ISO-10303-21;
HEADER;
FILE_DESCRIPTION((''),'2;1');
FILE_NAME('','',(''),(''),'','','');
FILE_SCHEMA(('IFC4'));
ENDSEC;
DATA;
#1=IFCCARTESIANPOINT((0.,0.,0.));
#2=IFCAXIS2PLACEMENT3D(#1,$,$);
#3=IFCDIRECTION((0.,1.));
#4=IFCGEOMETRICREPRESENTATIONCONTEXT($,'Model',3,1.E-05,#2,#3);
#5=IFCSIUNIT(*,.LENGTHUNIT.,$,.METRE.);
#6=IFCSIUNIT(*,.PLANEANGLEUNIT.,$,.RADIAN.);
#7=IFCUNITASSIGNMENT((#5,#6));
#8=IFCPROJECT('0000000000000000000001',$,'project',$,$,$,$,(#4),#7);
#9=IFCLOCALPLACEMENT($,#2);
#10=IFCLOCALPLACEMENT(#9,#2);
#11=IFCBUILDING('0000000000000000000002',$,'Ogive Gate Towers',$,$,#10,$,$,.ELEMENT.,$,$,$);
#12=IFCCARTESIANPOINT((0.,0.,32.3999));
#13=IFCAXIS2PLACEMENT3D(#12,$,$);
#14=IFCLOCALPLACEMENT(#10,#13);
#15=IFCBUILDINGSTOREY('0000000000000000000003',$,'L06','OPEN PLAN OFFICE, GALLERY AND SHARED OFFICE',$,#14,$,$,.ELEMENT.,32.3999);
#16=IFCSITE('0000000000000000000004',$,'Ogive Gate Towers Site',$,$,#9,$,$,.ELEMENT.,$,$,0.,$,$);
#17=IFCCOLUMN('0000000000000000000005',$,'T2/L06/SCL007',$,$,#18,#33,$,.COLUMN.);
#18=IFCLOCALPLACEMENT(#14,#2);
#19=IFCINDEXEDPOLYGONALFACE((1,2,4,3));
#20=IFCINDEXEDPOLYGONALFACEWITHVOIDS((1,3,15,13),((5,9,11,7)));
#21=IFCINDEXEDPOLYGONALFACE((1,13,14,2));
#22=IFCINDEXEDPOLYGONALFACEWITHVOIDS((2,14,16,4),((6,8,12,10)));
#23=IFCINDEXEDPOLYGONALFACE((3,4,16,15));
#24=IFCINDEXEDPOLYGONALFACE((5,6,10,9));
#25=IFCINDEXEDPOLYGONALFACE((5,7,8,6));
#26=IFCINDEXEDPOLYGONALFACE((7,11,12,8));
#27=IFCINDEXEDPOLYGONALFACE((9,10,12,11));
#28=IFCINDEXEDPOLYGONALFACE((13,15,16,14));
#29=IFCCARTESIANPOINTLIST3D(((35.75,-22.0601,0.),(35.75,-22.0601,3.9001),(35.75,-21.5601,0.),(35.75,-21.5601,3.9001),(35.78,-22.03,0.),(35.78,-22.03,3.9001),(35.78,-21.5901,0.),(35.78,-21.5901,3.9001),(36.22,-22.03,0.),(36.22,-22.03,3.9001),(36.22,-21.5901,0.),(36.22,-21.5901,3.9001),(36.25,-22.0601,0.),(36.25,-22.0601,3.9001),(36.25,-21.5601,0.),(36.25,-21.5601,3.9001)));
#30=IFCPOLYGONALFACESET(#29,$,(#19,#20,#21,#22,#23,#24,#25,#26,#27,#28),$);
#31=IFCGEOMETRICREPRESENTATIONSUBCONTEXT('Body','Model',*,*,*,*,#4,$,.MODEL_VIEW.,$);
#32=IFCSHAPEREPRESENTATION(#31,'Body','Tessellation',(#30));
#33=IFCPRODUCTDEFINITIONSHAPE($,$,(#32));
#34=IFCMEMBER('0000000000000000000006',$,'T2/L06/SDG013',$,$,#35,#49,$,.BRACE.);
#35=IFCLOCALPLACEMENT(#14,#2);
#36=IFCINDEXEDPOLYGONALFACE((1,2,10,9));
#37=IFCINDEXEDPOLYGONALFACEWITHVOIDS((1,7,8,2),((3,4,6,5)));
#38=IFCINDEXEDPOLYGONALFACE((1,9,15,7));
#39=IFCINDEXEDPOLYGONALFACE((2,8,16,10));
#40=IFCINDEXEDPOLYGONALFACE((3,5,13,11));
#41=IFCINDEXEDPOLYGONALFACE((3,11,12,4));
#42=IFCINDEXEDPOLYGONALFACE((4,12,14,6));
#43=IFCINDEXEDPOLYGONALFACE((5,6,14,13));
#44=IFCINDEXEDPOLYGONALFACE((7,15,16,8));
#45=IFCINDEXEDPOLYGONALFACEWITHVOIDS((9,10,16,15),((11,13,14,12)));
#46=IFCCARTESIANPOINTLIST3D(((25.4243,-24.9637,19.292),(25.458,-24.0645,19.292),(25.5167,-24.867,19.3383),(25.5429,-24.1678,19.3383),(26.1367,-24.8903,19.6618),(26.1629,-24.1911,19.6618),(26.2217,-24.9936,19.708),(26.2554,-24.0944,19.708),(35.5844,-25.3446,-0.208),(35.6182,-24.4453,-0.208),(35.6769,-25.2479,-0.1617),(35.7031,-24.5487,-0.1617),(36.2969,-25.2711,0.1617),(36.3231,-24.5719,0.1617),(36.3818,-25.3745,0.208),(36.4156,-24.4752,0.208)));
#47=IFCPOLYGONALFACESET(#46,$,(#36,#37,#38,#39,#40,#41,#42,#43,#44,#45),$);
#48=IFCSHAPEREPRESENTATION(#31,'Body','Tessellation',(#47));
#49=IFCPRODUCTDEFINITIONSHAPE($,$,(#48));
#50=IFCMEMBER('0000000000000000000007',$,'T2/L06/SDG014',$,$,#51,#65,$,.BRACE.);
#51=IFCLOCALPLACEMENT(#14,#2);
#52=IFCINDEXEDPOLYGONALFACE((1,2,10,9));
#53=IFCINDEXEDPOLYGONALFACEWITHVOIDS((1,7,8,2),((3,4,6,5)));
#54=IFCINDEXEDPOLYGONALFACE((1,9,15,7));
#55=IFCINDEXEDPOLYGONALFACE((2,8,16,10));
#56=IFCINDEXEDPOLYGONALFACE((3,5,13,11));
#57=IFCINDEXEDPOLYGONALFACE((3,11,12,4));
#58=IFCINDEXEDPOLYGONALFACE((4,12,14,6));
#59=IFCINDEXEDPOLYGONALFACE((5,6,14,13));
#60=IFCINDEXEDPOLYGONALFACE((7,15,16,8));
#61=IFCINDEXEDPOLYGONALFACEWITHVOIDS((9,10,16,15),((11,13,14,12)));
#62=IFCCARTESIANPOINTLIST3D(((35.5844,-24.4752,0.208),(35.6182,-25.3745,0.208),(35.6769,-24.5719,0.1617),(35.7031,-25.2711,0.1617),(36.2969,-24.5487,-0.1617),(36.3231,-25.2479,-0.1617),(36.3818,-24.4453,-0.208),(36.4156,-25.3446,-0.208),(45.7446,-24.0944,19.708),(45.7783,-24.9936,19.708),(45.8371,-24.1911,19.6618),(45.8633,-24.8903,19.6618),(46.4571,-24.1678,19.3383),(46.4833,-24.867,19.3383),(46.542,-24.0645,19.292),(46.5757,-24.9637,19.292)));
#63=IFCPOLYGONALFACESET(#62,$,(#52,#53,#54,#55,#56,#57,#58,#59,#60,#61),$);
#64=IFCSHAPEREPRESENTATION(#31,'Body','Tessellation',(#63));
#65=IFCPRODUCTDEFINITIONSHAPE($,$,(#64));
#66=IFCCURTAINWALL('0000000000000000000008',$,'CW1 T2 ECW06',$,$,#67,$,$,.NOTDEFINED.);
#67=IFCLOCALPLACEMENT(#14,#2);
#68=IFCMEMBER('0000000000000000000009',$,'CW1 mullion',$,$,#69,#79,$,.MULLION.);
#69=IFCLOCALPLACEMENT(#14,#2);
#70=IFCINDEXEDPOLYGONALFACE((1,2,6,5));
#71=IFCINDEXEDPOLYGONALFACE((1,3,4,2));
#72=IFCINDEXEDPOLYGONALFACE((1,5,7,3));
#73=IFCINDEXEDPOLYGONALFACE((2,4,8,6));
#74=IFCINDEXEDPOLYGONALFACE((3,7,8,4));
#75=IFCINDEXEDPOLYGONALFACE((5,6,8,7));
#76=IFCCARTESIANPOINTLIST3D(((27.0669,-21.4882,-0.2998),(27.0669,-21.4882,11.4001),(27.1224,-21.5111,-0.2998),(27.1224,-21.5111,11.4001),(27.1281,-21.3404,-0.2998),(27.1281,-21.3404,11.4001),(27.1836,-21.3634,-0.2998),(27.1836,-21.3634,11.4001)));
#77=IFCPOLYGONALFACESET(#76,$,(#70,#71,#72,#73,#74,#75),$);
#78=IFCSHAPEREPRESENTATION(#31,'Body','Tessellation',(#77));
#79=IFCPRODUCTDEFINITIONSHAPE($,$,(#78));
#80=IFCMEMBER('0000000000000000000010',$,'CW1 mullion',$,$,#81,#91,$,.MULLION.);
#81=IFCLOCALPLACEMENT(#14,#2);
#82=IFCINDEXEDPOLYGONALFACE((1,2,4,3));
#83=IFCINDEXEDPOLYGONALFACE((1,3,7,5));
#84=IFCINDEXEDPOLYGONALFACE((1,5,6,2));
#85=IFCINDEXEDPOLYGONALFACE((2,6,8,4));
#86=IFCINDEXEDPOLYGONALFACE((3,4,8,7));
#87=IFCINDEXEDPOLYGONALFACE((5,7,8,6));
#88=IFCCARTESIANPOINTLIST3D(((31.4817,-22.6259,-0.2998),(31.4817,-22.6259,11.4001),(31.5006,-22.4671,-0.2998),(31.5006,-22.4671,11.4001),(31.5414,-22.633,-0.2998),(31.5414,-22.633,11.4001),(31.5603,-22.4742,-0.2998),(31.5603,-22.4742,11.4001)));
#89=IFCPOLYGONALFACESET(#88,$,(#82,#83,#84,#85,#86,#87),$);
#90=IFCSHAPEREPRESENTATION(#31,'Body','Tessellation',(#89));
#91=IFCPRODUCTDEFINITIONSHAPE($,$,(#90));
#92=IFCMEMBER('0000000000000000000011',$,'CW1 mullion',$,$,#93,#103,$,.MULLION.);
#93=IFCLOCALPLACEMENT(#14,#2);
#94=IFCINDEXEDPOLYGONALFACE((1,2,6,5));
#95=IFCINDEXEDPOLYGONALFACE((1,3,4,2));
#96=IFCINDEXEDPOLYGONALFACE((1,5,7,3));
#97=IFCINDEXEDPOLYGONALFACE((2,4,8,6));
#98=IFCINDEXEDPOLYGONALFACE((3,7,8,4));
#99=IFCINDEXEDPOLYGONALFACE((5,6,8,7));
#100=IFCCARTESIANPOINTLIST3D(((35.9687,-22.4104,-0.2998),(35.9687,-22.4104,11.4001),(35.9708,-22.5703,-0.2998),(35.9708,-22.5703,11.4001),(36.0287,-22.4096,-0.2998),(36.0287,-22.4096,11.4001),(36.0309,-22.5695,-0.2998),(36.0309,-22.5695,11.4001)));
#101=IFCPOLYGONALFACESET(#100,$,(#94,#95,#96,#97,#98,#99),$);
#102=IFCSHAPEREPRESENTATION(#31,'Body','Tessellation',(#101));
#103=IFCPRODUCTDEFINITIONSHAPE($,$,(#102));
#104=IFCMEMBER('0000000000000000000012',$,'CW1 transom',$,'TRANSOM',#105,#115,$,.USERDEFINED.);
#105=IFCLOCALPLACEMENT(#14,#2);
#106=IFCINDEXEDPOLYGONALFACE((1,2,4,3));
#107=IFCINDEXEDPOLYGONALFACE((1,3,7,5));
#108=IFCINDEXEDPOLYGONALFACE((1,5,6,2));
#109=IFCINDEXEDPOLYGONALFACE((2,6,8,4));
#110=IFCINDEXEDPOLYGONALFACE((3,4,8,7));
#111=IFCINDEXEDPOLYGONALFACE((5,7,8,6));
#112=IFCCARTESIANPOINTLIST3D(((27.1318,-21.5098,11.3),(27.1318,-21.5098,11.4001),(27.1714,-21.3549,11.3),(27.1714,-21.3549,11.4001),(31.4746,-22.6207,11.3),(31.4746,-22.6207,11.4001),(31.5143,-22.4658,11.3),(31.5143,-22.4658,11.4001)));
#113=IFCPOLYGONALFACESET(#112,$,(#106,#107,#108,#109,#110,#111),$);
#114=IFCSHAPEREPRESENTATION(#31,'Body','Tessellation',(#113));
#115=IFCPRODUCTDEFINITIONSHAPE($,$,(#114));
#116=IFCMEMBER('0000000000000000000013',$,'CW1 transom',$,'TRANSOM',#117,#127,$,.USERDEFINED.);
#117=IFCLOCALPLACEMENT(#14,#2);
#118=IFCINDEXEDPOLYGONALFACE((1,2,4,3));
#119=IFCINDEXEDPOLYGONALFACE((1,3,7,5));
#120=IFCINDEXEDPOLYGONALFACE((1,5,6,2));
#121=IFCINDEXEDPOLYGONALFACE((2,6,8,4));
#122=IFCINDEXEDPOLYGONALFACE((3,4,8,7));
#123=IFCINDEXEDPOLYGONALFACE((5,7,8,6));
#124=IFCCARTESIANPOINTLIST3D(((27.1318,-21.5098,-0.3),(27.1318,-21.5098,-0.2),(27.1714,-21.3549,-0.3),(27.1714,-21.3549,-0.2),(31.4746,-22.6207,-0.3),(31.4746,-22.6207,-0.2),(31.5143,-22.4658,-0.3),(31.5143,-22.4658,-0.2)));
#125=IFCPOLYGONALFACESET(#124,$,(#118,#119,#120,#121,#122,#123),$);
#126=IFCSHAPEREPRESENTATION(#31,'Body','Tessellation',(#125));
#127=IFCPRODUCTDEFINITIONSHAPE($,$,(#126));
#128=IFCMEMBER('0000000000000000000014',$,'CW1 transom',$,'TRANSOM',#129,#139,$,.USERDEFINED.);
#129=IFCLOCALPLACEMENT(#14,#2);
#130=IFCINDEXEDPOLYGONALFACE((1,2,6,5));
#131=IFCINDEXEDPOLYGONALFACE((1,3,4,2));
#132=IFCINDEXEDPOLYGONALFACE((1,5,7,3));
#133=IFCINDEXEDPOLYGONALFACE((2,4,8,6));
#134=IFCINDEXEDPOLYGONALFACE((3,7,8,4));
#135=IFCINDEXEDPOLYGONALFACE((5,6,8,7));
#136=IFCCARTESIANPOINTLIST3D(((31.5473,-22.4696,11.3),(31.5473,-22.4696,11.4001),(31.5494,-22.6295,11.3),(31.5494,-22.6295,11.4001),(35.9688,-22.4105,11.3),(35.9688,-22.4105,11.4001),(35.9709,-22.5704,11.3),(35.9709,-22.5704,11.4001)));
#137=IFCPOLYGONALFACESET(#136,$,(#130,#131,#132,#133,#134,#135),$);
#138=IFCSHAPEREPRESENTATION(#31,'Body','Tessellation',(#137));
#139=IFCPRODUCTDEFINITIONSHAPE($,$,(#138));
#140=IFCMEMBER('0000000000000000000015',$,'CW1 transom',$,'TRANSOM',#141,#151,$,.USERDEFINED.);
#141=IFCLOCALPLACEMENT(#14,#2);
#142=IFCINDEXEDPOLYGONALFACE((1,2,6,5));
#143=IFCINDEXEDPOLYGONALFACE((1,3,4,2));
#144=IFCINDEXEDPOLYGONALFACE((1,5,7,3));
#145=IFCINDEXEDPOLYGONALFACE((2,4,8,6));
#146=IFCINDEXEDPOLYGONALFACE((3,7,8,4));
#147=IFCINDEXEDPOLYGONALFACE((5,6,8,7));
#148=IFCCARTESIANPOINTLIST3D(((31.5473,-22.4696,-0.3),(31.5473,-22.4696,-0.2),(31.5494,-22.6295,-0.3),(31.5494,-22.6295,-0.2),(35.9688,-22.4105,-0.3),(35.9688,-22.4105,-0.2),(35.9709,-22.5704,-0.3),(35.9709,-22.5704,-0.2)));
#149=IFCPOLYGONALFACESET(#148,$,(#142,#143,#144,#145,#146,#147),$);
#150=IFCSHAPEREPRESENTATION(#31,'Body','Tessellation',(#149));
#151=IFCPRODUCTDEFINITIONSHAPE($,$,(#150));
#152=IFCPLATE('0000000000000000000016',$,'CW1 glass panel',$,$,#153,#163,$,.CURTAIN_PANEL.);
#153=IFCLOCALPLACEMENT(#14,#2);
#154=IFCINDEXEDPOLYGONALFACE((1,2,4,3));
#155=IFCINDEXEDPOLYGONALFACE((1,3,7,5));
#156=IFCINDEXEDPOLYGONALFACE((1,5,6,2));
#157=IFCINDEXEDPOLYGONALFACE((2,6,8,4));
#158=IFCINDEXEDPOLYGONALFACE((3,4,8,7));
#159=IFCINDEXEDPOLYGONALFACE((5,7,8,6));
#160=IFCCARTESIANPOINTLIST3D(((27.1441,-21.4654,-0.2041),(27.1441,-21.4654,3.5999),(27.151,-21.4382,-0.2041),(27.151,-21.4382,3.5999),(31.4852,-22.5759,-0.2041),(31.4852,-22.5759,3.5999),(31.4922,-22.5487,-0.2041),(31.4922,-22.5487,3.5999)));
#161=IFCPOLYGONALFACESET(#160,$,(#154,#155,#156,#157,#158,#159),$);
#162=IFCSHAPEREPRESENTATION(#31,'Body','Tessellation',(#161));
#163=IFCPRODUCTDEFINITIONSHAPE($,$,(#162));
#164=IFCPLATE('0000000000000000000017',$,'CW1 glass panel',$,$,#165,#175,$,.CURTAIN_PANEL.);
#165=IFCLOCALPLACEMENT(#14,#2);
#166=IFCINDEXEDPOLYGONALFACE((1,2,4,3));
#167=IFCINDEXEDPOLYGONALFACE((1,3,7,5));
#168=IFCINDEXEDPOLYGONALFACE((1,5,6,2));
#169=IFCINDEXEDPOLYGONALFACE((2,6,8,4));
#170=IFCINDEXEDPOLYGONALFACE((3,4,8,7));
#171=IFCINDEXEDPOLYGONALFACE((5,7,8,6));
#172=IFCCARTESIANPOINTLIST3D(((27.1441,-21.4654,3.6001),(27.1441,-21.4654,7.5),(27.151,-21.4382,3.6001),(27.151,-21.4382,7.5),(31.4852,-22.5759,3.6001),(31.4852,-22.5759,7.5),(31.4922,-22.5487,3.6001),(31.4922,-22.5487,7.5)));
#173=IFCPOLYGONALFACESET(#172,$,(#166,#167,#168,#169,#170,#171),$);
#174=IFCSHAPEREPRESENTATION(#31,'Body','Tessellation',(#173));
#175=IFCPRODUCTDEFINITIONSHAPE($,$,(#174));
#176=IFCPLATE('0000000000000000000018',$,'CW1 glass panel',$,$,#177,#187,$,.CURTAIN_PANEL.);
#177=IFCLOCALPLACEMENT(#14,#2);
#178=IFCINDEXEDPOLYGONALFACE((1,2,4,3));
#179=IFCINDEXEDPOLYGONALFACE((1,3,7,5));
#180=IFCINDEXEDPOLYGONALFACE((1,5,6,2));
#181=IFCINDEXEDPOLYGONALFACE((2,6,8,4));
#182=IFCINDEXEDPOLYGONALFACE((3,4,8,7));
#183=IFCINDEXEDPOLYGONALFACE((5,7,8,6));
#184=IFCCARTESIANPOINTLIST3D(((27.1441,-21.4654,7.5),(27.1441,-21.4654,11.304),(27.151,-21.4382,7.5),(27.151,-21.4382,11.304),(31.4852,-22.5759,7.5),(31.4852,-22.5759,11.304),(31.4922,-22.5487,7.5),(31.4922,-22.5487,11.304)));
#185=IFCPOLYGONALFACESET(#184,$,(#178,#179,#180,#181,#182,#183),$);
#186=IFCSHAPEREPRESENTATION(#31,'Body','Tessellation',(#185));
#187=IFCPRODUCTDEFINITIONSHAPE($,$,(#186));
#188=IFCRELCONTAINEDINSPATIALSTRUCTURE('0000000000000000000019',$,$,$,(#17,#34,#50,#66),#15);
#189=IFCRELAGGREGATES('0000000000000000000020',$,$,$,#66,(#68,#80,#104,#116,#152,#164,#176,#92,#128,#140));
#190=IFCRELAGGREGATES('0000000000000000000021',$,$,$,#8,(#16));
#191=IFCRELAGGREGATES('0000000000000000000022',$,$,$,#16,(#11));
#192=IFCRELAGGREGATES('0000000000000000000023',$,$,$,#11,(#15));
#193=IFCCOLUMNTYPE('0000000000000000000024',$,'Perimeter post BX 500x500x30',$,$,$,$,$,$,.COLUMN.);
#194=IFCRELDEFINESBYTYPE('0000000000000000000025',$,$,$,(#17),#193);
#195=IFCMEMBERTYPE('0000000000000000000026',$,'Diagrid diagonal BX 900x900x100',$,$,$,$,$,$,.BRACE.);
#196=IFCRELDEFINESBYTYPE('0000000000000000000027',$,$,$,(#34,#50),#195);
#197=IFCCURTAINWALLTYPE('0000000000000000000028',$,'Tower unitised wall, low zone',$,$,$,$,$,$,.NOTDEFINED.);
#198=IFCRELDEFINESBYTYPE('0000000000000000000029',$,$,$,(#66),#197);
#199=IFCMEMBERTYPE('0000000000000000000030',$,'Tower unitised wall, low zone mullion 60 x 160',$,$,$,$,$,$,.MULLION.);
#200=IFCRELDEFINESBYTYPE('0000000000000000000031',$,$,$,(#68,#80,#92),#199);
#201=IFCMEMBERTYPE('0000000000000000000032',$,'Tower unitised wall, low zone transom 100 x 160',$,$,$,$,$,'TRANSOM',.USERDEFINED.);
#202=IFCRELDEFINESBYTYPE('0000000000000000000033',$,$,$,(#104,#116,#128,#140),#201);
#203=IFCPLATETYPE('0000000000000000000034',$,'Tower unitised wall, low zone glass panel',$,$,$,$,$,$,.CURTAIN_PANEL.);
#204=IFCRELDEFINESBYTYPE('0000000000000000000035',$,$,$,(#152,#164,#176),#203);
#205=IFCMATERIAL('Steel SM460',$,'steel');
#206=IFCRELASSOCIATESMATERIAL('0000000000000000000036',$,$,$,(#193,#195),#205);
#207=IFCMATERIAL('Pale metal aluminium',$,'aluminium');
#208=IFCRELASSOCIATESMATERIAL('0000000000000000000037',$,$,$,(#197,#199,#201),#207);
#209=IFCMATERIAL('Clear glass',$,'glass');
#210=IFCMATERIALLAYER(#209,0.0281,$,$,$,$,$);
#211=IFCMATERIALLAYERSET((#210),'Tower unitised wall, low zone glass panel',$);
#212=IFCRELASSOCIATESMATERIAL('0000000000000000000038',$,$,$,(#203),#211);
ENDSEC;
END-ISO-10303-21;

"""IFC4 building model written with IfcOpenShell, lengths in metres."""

from ifc_helpers import new_model, si_unit, direction, frame, origin, origin_2d, place, context, subcontext, project, spatial, rectangle, hollow_rectangle, extrude, material, layer, layer_set, material_profile, profile_set, type_object, element, aggregate, save


model = new_model("IFC4")

# Units and contexts
model_context = context("Model", 3, precision=1e-05, world=origin(), true_north=direction((0.0, 1.0)))
body_context = subcontext(model_context, "Body", "Model", "MODEL_VIEW")
ifc_project = project(units=[si_unit("LENGTHUNIT", "METRE"), si_unit("PLANEANGLEUNIT", "RADIAN")], contexts=[model_context])

# Site, building, storey
site_placement = place(None, origin())
site = spatial("IfcSite", under=ifc_project, at=site_placement, Name="Ogive Gate Towers Site", CompositionType="ELEMENT", RefElevation=0.0)
building_placement = place(site_placement, origin())
building = spatial("IfcBuilding", under=site, at=building_placement, Name="Ogive Gate Towers", CompositionType="ELEMENT")
storey_placement = place(building_placement, frame((0.0, 0.0, 32.3999)))
storey = spatial("IfcBuildingStorey", under=building, at=storey_placement, Name="L06", Description="OPEN PLAN OFFICE, GALLERY AND SHARED OFFICE", CompositionType="ELEMENT", Elevation=32.3999)

# Column
ifc_material_1 = material(Name="Steel SM460", Category="steel")
ifc_material_profile_1 = material_profile(ifc_material_1, hollow_rectangle(XDim=0.5, YDim=0.5, WallThickness=0.03, at=origin_2d()), Name="BX 500x500x30")
ifc_profile_set_1 = profile_set([ifc_material_profile_1], Name="Steel SM460")
column_type = type_object("IfcColumnType", Name="Perimeter post BX 500x500x30", PredefinedType="COLUMN", material=ifc_profile_set_1)
column_placement = place(storey_placement, frame((36.0, -21.8101, 0.0), z_axis=(0.0, 0.0, 1.0), x_axis=(1.0, 0.0, 0.0)))
element("IfcColumn", 1, at=column_placement, inside=storey, type_object=column_type, Name="T2/L06/SCL007", PredefinedType="COLUMN", context=body_context, shape_type="SweptSolid", body=[
    extrude(hollow_rectangle(XDim=0.5, YDim=0.5, WallThickness=0.03, at=origin_2d()), origin(), (0.0, 0.0, 1.0), 3.9001),
])

# Members
ifc_material_profile_2 = material_profile(ifc_material_1, hollow_rectangle(XDim=0.8999, YDim=0.8999, WallThickness=0.1001, at=origin_2d()), Name="BX 900x900x100")
ifc_profile_set_2 = profile_set([ifc_material_profile_2], Name="Steel SM460")
member_type_1 = type_object("IfcMemberType", Name="Diagrid diagonal BX 900x900x100", PredefinedType="BRACE", material=ifc_profile_set_2)
for number, where, z_axis, x_axis, name in (
    (2, (36.0, -24.9099, 0.0), (-0.462005, 0.017319, 0.886708), (-0.037459, -0.999298, 0.0), "T2/L06/SDG013"),
    (3, (36.0, -24.9099, 0.0), (0.462005, 0.017319, 0.886708), (-0.037459, 0.999298, 0.0), "T2/L06/SDG014"),
):
    element("IfcMember", number, at=place(storey_placement, frame(where, z_axis=z_axis, x_axis=x_axis)), inside=storey, type_object=member_type_1, Name=name, PredefinedType="BRACE", context=body_context, shape_type="SweptSolid", body=[
        extrude(hollow_rectangle(XDim=0.8999, YDim=0.8999, WallThickness=0.1001, at=origin_2d()), origin(), (0.0, 0.0, 1.0), 21.9915),
    ])

# Curtain wall, members, plates
ifc_material_2 = material(Name="Pale metal aluminium", Category="aluminium")
curtain_wall_type = type_object("IfcCurtainWallType", Name="Tower unitised wall, low zone", PredefinedType="NOTDEFINED", material=ifc_material_2)
curtain_wall_placement = place(storey_placement, origin())
curtain_wall = element("IfcCurtainWall", 4, at=curtain_wall_placement, inside=storey, type_object=curtain_wall_type, Name="CW1 T2 ECW06", PredefinedType="NOTDEFINED")
ifc_material_profile_3 = material_profile(ifc_material_2, rectangle(XDim=0.1599, YDim=0.0601, at=origin_2d()), Name="60 x 160 aluminium box")
ifc_profile_set_3 = profile_set([ifc_material_profile_3], Name="Pale metal aluminium")
member_type_2 = type_object("IfcMemberType", Name="Tower unitised wall, low zone mullion 60 x 160", PredefinedType="MULLION", material=ifc_profile_set_3)
member_1_placement = place(storey_placement, frame((27.1252, -21.4258, -0.2998), z_axis=(0.0, 0.0, 1.0), x_axis=(-0.382683, -0.92388, 0.0)))
member_1 = element("IfcMember", 5, at=member_1_placement, type_object=member_type_2, Name="CW1 mullion", PredefinedType="MULLION", context=body_context, shape_type="SweptSolid", body=[
    extrude(rectangle(XDim=0.1599, YDim=0.0601, at=origin_2d()), origin(), (0.0, 0.0, 1.0), 11.7),
])
member_2_placement = place(storey_placement, frame((31.521, -22.55, -0.2998), z_axis=(0.0, 0.0, 1.0), x_axis=(-0.118248, -0.992984, 0.0)))
member_2 = element("IfcMember", 6, at=member_2_placement, type_object=member_type_2, Name="CW1 mullion", PredefinedType="MULLION", context=body_context, shape_type="SweptSolid", body=[
    extrude(rectangle(XDim=0.1599, YDim=0.0601, at=origin_2d()), origin(), (0.0, 0.0, 1.0), 11.7),
])
member_3_placement = place(storey_placement, frame((35.9998, -22.49, -0.2998), z_axis=(0.0, 0.0, 1.0), x_axis=(0.013386, -0.99991, 0.0)))
member_3 = element("IfcMember", 7, at=member_3_placement, type_object=member_type_2, Name="CW1 mullion", PredefinedType="MULLION", context=body_context, shape_type="SweptSolid", body=[
    extrude(rectangle(XDim=0.1599, YDim=0.0601, at=origin_2d()), origin(), (0.0, 0.0, 1.0), 11.7),
])
ifc_material_profile_4 = material_profile(ifc_material_2, rectangle(XDim=0.1599, YDim=0.1001, at=origin_2d()), Name="100 x 160 aluminium box")
ifc_profile_set_4 = profile_set([ifc_material_profile_4], Name="Pale metal aluminium")
member_type_3 = type_object("IfcMemberType", Name="Tower unitised wall, low zone transom 100 x 160", ElementType="TRANSOM", PredefinedType="USERDEFINED", material=ifc_profile_set_4)
member_4_placement = place(storey_placement, frame((27.1516, -21.4324, 11.3501), z_axis=(0.968808, -0.247812, 0.0), x_axis=(0.247812, 0.968808, 0.0)))
member_4 = element("IfcMember", 8, at=member_4_placement, type_object=member_type_3, Name="CW1 transom", ObjectType="TRANSOM", PredefinedType="USERDEFINED", context=body_context, shape_type="SweptSolid", body=[
    extrude(rectangle(XDim=0.1599, YDim=0.1001, at=origin_2d()), origin(), (0.0, 0.0, 1.0), 4.4827),
])
member_5_placement = place(storey_placement, frame((27.1516, -21.4324, -0.25), z_axis=(0.968808, -0.247812, 0.0), x_axis=(0.247812, 0.968808, 0.0)))
member_5 = element("IfcMember", 9, at=member_5_placement, type_object=member_type_3, Name="CW1 transom", ObjectType="TRANSOM", PredefinedType="USERDEFINED", context=body_context, shape_type="SweptSolid", body=[
    extrude(rectangle(XDim=0.1599, YDim=0.1001, at=origin_2d()), origin(), (0.0, 0.0, 1.0), 4.4827),
])
member_6_placement = place(storey_placement, frame((31.5483, -22.5496, 11.3501), z_axis=(0.999911, 0.013362, 0.0), x_axis=(-0.013362, 0.999911, 0.0)))
member_6 = element("IfcMember", 10, at=member_6_placement, type_object=member_type_3, Name="CW1 transom", ObjectType="TRANSOM", PredefinedType="USERDEFINED", context=body_context, shape_type="SweptSolid", body=[
    extrude(rectangle(XDim=0.1599, YDim=0.1001, at=origin_2d()), origin(), (0.0, 0.0, 1.0), 4.4219),
])
member_7_placement = place(storey_placement, frame((31.5483, -22.5496, -0.25), z_axis=(0.999911, 0.013362, 0.0), x_axis=(-0.013362, 0.999911, 0.0)))
member_7 = element("IfcMember", 11, at=member_7_placement, type_object=member_type_3, Name="CW1 transom", ObjectType="TRANSOM", PredefinedType="USERDEFINED", context=body_context, shape_type="SweptSolid", body=[
    extrude(rectangle(XDim=0.1599, YDim=0.1001, at=origin_2d()), origin(), (0.0, 0.0, 1.0), 4.4219),
])
ifc_material_3 = material(Name="Clear glass", Category="glass")
ifc_layer = layer(ifc_material_3, 0.0281)
ifc_layer_set = layer_set([ifc_layer], Name="Tower unitised wall, low zone glass panel")
plate_type = type_object("IfcPlateType", Name="Tower unitised wall, low zone glass panel", PredefinedType="CURTAIN_PANEL", material=ifc_layer_set)
plate_1_placement = place(storey_placement, frame((29.3181, -22.0071, -0.2041), z_axis=(0.0, 0.0, 1.0), x_axis=(0.968804, -0.247828, 0.0)))
plate_1 = element("IfcPlate", 12, at=plate_1_placement, type_object=plate_type, Name="CW1 glass panel", PredefinedType="CURTAIN_PANEL", context=body_context, shape_type="SweptSolid", body=[
    extrude(rectangle(XDim=4.481, YDim=0.0281, at=origin_2d()), origin(), (0.0, 0.0, 1.0), 3.804),
])
plate_2_placement = place(storey_placement, frame((29.3181, -22.0071, 3.6001), z_axis=(0.0, 0.0, 1.0), x_axis=(0.968804, -0.247828, 0.0)))
plate_2 = element("IfcPlate", 13, at=plate_2_placement, type_object=plate_type, Name="CW1 glass panel", PredefinedType="CURTAIN_PANEL", context=body_context, shape_type="SweptSolid", body=[
    extrude(rectangle(XDim=4.481, YDim=0.0281, at=origin_2d()), origin(), (0.0, 0.0, 1.0), 3.8999),
])
plate_3_placement = place(storey_placement, frame((29.3181, -22.0071, 7.5), z_axis=(0.0, 0.0, 1.0), x_axis=(0.968804, -0.247828, 0.0)))
plate_3 = element("IfcPlate", 14, at=plate_3_placement, type_object=plate_type, Name="CW1 glass panel", PredefinedType="CURTAIN_PANEL", context=body_context, shape_type="SweptSolid", body=[
    extrude(rectangle(XDim=4.481, YDim=0.0281, at=origin_2d()), origin(), (0.0, 0.0, 1.0), 3.804),
])
aggregate(curtain_wall, [member_1, member_2, member_4, member_5, plate_1, plate_2, plate_3, member_3, member_6, member_7])

save(model, "model.ifc")
